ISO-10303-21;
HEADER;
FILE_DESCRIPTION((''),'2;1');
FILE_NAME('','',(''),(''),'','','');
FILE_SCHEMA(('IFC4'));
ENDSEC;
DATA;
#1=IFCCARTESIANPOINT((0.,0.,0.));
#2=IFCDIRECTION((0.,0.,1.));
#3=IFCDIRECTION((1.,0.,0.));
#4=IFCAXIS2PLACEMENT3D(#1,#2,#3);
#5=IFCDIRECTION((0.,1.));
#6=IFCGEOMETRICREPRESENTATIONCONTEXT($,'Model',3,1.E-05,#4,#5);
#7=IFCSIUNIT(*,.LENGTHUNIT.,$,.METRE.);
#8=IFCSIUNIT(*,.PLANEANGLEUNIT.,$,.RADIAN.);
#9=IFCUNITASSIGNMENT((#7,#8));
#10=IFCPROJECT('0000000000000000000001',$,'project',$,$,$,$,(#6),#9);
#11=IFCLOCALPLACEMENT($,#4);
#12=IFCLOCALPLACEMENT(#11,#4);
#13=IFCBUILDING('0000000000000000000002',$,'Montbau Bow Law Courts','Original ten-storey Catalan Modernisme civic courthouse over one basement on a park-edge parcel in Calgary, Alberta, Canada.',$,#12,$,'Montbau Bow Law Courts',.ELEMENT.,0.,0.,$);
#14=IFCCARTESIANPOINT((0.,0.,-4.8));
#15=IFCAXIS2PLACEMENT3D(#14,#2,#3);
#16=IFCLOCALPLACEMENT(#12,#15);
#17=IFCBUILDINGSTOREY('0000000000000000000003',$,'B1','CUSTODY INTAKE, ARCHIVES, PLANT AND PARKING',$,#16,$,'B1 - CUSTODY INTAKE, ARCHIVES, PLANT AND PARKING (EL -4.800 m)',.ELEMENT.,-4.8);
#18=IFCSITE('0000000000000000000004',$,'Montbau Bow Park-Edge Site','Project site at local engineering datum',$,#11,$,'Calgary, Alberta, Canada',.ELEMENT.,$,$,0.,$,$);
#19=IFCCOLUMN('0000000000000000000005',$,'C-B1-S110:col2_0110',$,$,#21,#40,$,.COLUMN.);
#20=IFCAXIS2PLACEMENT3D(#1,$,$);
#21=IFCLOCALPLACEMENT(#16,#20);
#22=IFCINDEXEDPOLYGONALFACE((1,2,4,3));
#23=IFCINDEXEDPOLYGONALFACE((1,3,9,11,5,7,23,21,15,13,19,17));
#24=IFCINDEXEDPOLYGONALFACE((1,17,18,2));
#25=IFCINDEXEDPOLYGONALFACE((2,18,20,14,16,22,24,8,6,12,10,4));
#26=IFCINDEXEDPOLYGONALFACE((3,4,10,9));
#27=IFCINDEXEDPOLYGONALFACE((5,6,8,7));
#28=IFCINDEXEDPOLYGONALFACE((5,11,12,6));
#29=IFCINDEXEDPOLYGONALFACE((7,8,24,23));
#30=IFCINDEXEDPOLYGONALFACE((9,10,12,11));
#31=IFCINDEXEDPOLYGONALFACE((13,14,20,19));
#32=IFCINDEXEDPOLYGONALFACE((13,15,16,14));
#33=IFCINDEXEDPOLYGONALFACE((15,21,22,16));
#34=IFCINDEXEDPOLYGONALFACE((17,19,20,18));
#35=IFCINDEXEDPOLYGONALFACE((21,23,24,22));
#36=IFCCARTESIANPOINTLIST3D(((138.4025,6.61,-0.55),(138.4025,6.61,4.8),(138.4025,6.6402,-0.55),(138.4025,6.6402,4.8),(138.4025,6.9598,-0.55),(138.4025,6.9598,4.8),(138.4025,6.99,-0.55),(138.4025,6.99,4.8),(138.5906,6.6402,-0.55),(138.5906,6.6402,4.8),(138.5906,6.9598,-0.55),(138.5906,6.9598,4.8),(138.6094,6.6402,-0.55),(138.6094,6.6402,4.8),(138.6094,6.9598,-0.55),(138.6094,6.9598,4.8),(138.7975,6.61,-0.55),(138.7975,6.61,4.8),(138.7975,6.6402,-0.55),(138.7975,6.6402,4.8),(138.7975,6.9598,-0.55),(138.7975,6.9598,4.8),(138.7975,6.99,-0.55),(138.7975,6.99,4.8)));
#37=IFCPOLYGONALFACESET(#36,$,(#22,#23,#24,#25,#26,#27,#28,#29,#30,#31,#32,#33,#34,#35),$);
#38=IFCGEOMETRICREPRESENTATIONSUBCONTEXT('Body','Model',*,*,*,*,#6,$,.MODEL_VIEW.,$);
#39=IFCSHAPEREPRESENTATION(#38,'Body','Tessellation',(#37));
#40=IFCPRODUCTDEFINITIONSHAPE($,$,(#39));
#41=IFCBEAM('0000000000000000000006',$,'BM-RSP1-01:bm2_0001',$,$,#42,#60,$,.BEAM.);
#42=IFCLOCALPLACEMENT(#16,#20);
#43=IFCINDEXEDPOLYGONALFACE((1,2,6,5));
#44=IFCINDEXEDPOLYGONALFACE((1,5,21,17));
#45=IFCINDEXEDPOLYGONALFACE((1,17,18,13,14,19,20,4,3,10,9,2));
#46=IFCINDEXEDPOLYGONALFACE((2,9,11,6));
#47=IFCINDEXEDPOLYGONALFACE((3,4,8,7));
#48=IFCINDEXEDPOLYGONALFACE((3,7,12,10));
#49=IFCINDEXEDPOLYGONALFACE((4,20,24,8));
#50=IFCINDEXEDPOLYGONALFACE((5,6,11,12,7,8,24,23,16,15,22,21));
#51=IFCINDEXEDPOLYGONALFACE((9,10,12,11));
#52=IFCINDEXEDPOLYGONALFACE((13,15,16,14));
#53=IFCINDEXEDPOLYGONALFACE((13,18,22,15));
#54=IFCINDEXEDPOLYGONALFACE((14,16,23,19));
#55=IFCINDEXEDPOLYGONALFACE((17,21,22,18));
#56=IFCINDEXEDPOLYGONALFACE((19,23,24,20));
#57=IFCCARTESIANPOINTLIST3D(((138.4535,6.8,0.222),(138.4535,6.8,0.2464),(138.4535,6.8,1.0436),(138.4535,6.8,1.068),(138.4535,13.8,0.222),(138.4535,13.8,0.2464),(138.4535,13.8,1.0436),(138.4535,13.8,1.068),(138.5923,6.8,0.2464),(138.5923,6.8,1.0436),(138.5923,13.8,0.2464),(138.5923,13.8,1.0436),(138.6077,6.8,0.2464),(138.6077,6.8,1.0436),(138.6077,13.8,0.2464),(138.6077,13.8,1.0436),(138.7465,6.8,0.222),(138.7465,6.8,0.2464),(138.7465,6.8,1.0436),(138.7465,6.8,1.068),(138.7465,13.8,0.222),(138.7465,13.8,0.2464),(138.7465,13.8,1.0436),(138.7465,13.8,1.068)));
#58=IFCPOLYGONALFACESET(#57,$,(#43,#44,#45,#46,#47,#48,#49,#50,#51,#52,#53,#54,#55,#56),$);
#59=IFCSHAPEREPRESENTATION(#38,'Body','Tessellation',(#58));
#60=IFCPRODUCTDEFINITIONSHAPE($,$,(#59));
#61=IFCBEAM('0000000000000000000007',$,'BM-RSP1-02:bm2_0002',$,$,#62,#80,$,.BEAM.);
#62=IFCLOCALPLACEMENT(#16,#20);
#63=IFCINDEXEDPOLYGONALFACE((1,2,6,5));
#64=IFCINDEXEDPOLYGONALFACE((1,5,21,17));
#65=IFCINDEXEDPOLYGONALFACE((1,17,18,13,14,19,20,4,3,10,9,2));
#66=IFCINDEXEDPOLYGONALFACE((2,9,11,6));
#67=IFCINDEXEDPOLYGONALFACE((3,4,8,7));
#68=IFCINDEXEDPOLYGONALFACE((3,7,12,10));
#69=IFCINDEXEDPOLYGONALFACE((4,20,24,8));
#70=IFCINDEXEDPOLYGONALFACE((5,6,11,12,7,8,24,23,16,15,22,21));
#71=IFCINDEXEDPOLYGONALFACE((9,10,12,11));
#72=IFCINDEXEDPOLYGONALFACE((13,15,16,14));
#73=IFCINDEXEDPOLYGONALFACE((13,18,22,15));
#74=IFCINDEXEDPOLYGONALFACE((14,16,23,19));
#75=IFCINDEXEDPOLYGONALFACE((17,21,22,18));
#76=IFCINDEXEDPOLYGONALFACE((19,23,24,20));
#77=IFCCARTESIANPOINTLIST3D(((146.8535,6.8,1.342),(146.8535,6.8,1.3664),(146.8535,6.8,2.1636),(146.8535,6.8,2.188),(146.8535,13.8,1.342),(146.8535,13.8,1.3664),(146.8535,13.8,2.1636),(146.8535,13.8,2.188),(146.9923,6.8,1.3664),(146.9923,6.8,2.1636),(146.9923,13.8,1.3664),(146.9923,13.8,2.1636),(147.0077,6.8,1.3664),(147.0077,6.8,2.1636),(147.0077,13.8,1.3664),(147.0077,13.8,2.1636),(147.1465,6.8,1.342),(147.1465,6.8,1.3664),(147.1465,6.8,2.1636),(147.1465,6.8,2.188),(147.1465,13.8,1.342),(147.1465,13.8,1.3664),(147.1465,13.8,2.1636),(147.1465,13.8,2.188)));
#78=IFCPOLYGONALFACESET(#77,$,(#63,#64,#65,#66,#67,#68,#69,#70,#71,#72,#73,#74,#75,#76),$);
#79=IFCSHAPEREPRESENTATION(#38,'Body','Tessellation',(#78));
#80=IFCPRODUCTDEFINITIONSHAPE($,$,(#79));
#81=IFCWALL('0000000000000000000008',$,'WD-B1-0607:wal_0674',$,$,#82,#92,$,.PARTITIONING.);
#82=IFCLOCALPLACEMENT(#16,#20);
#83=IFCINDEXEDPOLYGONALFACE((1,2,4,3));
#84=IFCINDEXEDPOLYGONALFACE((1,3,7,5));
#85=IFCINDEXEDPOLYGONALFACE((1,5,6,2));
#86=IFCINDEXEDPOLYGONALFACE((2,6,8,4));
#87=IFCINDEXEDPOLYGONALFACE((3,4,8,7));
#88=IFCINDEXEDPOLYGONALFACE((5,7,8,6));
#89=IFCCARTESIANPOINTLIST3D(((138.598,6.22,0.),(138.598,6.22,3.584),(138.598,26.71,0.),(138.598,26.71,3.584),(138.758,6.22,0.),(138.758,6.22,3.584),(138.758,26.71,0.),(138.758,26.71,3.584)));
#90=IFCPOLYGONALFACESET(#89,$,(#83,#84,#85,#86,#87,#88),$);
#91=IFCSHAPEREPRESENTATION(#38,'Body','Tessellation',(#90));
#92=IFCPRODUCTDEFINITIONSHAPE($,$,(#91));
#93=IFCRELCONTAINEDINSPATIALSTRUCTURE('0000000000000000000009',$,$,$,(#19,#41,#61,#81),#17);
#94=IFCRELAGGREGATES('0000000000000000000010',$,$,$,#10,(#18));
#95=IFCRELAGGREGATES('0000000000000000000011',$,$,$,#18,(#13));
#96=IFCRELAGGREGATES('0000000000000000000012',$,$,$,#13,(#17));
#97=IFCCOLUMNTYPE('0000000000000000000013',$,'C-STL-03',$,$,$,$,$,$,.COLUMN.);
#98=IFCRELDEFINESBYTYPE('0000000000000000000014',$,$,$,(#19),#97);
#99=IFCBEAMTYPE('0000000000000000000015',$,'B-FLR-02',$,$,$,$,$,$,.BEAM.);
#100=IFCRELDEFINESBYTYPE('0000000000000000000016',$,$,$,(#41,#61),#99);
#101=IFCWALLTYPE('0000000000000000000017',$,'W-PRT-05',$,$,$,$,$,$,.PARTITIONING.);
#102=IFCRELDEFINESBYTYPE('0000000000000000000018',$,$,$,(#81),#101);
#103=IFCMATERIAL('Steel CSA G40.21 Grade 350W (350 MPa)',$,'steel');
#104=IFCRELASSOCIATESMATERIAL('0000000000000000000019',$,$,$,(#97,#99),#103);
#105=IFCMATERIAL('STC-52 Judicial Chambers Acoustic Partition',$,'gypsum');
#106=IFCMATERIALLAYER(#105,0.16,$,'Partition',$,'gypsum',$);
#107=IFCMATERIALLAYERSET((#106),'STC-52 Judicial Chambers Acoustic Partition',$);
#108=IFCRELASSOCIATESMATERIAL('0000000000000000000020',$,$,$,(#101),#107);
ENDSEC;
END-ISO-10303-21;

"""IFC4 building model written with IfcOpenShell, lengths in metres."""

from ifc_helpers import new_model, si_unit, direction, frame, frame_2d, origin_with_axes, origin_2d_with_axis, place, context, subcontext, project, spatial, rectangle, i_section, extrude, material, layer, layer_set, material_profile, profile_set, type_object, element, save


model = new_model("IFC4")

# Units and contexts
model_context = context("Model", 3, precision=1e-05, world=origin_with_axes(), true_north=direction((0.0, 1.0)))
body_context = subcontext(model_context, "Body", "Model", "MODEL_VIEW")
ifc_project = project(units=[si_unit("LENGTHUNIT", "METRE"), si_unit("PLANEANGLEUNIT", "RADIAN")], contexts=[model_context])

# Site, building, storey
site_placement = place(None, origin_with_axes())
site = spatial("IfcSite", under=ifc_project, at=site_placement, Name="Montbau Bow Park-Edge Site", Description="Project site at local engineering datum", LongName="Calgary, Alberta, Canada", CompositionType="ELEMENT", RefElevation=0.0)
building_placement = place(site_placement, origin_with_axes())
building = spatial("IfcBuilding", under=site, at=building_placement, Name="Montbau Bow Law Courts", Description="Original ten-storey Catalan Modernisme civic courthouse over one basement on a park-edge parcel in Calgary, Alberta, Canada.", LongName="Montbau Bow Law Courts", CompositionType="ELEMENT", ElevationOfRefHeight=0.0, ElevationOfTerrain=0.0)
storey_placement = place(building_placement, frame((0.0, 0.0, -4.8), z_axis=(0.0, 0.0, 1.0), x_axis=(1.0, 0.0, 0.0)))
storey = spatial("IfcBuildingStorey", under=building, at=storey_placement, Name="B1", Description="CUSTODY INTAKE, ARCHIVES, PLANT AND PARKING", LongName="B1 - CUSTODY INTAKE, ARCHIVES, PLANT AND PARKING (EL -4.800 m)", CompositionType="ELEMENT", Elevation=-4.8)

# Column
ifc_material_1 = material(Name="Steel CSA G40.21 Grade 350W (350 MPa)", Category="steel")
ifc_material_profile_1 = material_profile(ifc_material_1, i_section(OverallWidth=0.395, OverallDepth=0.38, WebThickness=0.0189, FlangeThickness=0.0302, at=origin_2d_with_axis()), Name="W360X237", Category="Main", Priority=0)
ifc_profile_set_1 = profile_set([ifc_material_profile_1], Name="Steel CSA G40.21 Grade 350W (350 MPa)")
column_type_1 = type_object("IfcColumnType", Name="C-STL-03", PredefinedType="COLUMN", material=ifc_profile_set_1)
column_1_placement = place(None, frame((138.6, 6.8, -5.35), z_axis=(0.0, 0.0, 1.0), x_axis=(1.0, 0.0, 0.0)))
element("IfcColumn", 1, at=column_1_placement, inside=storey, type_object=column_type_1, Name="C-B1-S110:col2_0110", PredefinedType="COLUMN", context=body_context, shape_type="SweptSolid", body=[
    extrude(i_section(OverallWidth=0.395, OverallDepth=0.38, WebThickness=0.0189, FlangeThickness=0.0302, at=origin_2d_with_axis()), origin_with_axes(), (0.0, 0.0, 1.0), 5.35),
])

# Beams
ifc_material_profile_2 = material_profile(ifc_material_1, i_section(OverallWidth=0.293, OverallDepth=0.846, WebThickness=0.0154, FlangeThickness=0.0244, at=origin_2d_with_axis()), Name="W840X210", Category="Main", Priority=0)
ifc_profile_set_2 = profile_set([ifc_material_profile_2], Name="Steel CSA G40.21 Grade 350W (350 MPa)")
beam_type = type_object("IfcBeamType", Name="B-FLR-02", PredefinedType="BEAM", material=ifc_profile_set_2)
for number, where, z_axis, x_axis, name in (
    (2, (138.6, 6.8, -4.155), (0.0, 1.0, 0.0), (-1.0, 0.0, 0.0), "BM-RSP1-01:bm2_0001"),
    (3, (147.0, 6.8, -3.035), (0.0, 1.0, 0.0), (-1.0, 0.0, 0.0), "BM-RSP1-02:bm2_0002"),
):
    element("IfcBeam", number, at=place(None, frame(where, z_axis=z_axis, x_axis=x_axis)), inside=storey, type_object=beam_type, Name=name, PredefinedType="BEAM", context=body_context, shape_type="SweptSolid", body=[
        extrude(i_section(OverallWidth=0.293, OverallDepth=0.846, WebThickness=0.0154, FlangeThickness=0.0244, at=origin_2d_with_axis()), origin_with_axes(), (0.0, 0.0, 1.0), 7.0),
    ])

# Wall
ifc_material_2 = material(Name="STC-52 Judicial Chambers Acoustic Partition", Category="gypsum")
ifc_layer = layer(ifc_material_2, 0.16, Name="Partition", Category="gypsum")
ifc_layer_set = layer_set([ifc_layer], Name="STC-52 Judicial Chambers Acoustic Partition")
wall_type = type_object("IfcWallType", Name="W-PRT-05", PredefinedType="PARTITIONING", material=ifc_layer_set)
wall_placement = place(None, frame((138.678, 6.22, -4.8), z_axis=(0.0, 0.0, 1.0), x_axis=(0.0, 1.0, 0.0)))
element("IfcWall", 4, at=wall_placement, inside=storey, type_object=wall_type, Name="WD-B1-0607:wal_0674", PredefinedType="PARTITIONING", context=body_context, shape_type="SweptSolid", body=[
    extrude(rectangle(XDim=20.49, YDim=0.16, at=frame_2d((10.245, 0.0), x_axis=(1.0, 0.0))), origin_with_axes(), (0.0, 0.0, 1.0), 3.584),
])

save(model, "model.ifc")
